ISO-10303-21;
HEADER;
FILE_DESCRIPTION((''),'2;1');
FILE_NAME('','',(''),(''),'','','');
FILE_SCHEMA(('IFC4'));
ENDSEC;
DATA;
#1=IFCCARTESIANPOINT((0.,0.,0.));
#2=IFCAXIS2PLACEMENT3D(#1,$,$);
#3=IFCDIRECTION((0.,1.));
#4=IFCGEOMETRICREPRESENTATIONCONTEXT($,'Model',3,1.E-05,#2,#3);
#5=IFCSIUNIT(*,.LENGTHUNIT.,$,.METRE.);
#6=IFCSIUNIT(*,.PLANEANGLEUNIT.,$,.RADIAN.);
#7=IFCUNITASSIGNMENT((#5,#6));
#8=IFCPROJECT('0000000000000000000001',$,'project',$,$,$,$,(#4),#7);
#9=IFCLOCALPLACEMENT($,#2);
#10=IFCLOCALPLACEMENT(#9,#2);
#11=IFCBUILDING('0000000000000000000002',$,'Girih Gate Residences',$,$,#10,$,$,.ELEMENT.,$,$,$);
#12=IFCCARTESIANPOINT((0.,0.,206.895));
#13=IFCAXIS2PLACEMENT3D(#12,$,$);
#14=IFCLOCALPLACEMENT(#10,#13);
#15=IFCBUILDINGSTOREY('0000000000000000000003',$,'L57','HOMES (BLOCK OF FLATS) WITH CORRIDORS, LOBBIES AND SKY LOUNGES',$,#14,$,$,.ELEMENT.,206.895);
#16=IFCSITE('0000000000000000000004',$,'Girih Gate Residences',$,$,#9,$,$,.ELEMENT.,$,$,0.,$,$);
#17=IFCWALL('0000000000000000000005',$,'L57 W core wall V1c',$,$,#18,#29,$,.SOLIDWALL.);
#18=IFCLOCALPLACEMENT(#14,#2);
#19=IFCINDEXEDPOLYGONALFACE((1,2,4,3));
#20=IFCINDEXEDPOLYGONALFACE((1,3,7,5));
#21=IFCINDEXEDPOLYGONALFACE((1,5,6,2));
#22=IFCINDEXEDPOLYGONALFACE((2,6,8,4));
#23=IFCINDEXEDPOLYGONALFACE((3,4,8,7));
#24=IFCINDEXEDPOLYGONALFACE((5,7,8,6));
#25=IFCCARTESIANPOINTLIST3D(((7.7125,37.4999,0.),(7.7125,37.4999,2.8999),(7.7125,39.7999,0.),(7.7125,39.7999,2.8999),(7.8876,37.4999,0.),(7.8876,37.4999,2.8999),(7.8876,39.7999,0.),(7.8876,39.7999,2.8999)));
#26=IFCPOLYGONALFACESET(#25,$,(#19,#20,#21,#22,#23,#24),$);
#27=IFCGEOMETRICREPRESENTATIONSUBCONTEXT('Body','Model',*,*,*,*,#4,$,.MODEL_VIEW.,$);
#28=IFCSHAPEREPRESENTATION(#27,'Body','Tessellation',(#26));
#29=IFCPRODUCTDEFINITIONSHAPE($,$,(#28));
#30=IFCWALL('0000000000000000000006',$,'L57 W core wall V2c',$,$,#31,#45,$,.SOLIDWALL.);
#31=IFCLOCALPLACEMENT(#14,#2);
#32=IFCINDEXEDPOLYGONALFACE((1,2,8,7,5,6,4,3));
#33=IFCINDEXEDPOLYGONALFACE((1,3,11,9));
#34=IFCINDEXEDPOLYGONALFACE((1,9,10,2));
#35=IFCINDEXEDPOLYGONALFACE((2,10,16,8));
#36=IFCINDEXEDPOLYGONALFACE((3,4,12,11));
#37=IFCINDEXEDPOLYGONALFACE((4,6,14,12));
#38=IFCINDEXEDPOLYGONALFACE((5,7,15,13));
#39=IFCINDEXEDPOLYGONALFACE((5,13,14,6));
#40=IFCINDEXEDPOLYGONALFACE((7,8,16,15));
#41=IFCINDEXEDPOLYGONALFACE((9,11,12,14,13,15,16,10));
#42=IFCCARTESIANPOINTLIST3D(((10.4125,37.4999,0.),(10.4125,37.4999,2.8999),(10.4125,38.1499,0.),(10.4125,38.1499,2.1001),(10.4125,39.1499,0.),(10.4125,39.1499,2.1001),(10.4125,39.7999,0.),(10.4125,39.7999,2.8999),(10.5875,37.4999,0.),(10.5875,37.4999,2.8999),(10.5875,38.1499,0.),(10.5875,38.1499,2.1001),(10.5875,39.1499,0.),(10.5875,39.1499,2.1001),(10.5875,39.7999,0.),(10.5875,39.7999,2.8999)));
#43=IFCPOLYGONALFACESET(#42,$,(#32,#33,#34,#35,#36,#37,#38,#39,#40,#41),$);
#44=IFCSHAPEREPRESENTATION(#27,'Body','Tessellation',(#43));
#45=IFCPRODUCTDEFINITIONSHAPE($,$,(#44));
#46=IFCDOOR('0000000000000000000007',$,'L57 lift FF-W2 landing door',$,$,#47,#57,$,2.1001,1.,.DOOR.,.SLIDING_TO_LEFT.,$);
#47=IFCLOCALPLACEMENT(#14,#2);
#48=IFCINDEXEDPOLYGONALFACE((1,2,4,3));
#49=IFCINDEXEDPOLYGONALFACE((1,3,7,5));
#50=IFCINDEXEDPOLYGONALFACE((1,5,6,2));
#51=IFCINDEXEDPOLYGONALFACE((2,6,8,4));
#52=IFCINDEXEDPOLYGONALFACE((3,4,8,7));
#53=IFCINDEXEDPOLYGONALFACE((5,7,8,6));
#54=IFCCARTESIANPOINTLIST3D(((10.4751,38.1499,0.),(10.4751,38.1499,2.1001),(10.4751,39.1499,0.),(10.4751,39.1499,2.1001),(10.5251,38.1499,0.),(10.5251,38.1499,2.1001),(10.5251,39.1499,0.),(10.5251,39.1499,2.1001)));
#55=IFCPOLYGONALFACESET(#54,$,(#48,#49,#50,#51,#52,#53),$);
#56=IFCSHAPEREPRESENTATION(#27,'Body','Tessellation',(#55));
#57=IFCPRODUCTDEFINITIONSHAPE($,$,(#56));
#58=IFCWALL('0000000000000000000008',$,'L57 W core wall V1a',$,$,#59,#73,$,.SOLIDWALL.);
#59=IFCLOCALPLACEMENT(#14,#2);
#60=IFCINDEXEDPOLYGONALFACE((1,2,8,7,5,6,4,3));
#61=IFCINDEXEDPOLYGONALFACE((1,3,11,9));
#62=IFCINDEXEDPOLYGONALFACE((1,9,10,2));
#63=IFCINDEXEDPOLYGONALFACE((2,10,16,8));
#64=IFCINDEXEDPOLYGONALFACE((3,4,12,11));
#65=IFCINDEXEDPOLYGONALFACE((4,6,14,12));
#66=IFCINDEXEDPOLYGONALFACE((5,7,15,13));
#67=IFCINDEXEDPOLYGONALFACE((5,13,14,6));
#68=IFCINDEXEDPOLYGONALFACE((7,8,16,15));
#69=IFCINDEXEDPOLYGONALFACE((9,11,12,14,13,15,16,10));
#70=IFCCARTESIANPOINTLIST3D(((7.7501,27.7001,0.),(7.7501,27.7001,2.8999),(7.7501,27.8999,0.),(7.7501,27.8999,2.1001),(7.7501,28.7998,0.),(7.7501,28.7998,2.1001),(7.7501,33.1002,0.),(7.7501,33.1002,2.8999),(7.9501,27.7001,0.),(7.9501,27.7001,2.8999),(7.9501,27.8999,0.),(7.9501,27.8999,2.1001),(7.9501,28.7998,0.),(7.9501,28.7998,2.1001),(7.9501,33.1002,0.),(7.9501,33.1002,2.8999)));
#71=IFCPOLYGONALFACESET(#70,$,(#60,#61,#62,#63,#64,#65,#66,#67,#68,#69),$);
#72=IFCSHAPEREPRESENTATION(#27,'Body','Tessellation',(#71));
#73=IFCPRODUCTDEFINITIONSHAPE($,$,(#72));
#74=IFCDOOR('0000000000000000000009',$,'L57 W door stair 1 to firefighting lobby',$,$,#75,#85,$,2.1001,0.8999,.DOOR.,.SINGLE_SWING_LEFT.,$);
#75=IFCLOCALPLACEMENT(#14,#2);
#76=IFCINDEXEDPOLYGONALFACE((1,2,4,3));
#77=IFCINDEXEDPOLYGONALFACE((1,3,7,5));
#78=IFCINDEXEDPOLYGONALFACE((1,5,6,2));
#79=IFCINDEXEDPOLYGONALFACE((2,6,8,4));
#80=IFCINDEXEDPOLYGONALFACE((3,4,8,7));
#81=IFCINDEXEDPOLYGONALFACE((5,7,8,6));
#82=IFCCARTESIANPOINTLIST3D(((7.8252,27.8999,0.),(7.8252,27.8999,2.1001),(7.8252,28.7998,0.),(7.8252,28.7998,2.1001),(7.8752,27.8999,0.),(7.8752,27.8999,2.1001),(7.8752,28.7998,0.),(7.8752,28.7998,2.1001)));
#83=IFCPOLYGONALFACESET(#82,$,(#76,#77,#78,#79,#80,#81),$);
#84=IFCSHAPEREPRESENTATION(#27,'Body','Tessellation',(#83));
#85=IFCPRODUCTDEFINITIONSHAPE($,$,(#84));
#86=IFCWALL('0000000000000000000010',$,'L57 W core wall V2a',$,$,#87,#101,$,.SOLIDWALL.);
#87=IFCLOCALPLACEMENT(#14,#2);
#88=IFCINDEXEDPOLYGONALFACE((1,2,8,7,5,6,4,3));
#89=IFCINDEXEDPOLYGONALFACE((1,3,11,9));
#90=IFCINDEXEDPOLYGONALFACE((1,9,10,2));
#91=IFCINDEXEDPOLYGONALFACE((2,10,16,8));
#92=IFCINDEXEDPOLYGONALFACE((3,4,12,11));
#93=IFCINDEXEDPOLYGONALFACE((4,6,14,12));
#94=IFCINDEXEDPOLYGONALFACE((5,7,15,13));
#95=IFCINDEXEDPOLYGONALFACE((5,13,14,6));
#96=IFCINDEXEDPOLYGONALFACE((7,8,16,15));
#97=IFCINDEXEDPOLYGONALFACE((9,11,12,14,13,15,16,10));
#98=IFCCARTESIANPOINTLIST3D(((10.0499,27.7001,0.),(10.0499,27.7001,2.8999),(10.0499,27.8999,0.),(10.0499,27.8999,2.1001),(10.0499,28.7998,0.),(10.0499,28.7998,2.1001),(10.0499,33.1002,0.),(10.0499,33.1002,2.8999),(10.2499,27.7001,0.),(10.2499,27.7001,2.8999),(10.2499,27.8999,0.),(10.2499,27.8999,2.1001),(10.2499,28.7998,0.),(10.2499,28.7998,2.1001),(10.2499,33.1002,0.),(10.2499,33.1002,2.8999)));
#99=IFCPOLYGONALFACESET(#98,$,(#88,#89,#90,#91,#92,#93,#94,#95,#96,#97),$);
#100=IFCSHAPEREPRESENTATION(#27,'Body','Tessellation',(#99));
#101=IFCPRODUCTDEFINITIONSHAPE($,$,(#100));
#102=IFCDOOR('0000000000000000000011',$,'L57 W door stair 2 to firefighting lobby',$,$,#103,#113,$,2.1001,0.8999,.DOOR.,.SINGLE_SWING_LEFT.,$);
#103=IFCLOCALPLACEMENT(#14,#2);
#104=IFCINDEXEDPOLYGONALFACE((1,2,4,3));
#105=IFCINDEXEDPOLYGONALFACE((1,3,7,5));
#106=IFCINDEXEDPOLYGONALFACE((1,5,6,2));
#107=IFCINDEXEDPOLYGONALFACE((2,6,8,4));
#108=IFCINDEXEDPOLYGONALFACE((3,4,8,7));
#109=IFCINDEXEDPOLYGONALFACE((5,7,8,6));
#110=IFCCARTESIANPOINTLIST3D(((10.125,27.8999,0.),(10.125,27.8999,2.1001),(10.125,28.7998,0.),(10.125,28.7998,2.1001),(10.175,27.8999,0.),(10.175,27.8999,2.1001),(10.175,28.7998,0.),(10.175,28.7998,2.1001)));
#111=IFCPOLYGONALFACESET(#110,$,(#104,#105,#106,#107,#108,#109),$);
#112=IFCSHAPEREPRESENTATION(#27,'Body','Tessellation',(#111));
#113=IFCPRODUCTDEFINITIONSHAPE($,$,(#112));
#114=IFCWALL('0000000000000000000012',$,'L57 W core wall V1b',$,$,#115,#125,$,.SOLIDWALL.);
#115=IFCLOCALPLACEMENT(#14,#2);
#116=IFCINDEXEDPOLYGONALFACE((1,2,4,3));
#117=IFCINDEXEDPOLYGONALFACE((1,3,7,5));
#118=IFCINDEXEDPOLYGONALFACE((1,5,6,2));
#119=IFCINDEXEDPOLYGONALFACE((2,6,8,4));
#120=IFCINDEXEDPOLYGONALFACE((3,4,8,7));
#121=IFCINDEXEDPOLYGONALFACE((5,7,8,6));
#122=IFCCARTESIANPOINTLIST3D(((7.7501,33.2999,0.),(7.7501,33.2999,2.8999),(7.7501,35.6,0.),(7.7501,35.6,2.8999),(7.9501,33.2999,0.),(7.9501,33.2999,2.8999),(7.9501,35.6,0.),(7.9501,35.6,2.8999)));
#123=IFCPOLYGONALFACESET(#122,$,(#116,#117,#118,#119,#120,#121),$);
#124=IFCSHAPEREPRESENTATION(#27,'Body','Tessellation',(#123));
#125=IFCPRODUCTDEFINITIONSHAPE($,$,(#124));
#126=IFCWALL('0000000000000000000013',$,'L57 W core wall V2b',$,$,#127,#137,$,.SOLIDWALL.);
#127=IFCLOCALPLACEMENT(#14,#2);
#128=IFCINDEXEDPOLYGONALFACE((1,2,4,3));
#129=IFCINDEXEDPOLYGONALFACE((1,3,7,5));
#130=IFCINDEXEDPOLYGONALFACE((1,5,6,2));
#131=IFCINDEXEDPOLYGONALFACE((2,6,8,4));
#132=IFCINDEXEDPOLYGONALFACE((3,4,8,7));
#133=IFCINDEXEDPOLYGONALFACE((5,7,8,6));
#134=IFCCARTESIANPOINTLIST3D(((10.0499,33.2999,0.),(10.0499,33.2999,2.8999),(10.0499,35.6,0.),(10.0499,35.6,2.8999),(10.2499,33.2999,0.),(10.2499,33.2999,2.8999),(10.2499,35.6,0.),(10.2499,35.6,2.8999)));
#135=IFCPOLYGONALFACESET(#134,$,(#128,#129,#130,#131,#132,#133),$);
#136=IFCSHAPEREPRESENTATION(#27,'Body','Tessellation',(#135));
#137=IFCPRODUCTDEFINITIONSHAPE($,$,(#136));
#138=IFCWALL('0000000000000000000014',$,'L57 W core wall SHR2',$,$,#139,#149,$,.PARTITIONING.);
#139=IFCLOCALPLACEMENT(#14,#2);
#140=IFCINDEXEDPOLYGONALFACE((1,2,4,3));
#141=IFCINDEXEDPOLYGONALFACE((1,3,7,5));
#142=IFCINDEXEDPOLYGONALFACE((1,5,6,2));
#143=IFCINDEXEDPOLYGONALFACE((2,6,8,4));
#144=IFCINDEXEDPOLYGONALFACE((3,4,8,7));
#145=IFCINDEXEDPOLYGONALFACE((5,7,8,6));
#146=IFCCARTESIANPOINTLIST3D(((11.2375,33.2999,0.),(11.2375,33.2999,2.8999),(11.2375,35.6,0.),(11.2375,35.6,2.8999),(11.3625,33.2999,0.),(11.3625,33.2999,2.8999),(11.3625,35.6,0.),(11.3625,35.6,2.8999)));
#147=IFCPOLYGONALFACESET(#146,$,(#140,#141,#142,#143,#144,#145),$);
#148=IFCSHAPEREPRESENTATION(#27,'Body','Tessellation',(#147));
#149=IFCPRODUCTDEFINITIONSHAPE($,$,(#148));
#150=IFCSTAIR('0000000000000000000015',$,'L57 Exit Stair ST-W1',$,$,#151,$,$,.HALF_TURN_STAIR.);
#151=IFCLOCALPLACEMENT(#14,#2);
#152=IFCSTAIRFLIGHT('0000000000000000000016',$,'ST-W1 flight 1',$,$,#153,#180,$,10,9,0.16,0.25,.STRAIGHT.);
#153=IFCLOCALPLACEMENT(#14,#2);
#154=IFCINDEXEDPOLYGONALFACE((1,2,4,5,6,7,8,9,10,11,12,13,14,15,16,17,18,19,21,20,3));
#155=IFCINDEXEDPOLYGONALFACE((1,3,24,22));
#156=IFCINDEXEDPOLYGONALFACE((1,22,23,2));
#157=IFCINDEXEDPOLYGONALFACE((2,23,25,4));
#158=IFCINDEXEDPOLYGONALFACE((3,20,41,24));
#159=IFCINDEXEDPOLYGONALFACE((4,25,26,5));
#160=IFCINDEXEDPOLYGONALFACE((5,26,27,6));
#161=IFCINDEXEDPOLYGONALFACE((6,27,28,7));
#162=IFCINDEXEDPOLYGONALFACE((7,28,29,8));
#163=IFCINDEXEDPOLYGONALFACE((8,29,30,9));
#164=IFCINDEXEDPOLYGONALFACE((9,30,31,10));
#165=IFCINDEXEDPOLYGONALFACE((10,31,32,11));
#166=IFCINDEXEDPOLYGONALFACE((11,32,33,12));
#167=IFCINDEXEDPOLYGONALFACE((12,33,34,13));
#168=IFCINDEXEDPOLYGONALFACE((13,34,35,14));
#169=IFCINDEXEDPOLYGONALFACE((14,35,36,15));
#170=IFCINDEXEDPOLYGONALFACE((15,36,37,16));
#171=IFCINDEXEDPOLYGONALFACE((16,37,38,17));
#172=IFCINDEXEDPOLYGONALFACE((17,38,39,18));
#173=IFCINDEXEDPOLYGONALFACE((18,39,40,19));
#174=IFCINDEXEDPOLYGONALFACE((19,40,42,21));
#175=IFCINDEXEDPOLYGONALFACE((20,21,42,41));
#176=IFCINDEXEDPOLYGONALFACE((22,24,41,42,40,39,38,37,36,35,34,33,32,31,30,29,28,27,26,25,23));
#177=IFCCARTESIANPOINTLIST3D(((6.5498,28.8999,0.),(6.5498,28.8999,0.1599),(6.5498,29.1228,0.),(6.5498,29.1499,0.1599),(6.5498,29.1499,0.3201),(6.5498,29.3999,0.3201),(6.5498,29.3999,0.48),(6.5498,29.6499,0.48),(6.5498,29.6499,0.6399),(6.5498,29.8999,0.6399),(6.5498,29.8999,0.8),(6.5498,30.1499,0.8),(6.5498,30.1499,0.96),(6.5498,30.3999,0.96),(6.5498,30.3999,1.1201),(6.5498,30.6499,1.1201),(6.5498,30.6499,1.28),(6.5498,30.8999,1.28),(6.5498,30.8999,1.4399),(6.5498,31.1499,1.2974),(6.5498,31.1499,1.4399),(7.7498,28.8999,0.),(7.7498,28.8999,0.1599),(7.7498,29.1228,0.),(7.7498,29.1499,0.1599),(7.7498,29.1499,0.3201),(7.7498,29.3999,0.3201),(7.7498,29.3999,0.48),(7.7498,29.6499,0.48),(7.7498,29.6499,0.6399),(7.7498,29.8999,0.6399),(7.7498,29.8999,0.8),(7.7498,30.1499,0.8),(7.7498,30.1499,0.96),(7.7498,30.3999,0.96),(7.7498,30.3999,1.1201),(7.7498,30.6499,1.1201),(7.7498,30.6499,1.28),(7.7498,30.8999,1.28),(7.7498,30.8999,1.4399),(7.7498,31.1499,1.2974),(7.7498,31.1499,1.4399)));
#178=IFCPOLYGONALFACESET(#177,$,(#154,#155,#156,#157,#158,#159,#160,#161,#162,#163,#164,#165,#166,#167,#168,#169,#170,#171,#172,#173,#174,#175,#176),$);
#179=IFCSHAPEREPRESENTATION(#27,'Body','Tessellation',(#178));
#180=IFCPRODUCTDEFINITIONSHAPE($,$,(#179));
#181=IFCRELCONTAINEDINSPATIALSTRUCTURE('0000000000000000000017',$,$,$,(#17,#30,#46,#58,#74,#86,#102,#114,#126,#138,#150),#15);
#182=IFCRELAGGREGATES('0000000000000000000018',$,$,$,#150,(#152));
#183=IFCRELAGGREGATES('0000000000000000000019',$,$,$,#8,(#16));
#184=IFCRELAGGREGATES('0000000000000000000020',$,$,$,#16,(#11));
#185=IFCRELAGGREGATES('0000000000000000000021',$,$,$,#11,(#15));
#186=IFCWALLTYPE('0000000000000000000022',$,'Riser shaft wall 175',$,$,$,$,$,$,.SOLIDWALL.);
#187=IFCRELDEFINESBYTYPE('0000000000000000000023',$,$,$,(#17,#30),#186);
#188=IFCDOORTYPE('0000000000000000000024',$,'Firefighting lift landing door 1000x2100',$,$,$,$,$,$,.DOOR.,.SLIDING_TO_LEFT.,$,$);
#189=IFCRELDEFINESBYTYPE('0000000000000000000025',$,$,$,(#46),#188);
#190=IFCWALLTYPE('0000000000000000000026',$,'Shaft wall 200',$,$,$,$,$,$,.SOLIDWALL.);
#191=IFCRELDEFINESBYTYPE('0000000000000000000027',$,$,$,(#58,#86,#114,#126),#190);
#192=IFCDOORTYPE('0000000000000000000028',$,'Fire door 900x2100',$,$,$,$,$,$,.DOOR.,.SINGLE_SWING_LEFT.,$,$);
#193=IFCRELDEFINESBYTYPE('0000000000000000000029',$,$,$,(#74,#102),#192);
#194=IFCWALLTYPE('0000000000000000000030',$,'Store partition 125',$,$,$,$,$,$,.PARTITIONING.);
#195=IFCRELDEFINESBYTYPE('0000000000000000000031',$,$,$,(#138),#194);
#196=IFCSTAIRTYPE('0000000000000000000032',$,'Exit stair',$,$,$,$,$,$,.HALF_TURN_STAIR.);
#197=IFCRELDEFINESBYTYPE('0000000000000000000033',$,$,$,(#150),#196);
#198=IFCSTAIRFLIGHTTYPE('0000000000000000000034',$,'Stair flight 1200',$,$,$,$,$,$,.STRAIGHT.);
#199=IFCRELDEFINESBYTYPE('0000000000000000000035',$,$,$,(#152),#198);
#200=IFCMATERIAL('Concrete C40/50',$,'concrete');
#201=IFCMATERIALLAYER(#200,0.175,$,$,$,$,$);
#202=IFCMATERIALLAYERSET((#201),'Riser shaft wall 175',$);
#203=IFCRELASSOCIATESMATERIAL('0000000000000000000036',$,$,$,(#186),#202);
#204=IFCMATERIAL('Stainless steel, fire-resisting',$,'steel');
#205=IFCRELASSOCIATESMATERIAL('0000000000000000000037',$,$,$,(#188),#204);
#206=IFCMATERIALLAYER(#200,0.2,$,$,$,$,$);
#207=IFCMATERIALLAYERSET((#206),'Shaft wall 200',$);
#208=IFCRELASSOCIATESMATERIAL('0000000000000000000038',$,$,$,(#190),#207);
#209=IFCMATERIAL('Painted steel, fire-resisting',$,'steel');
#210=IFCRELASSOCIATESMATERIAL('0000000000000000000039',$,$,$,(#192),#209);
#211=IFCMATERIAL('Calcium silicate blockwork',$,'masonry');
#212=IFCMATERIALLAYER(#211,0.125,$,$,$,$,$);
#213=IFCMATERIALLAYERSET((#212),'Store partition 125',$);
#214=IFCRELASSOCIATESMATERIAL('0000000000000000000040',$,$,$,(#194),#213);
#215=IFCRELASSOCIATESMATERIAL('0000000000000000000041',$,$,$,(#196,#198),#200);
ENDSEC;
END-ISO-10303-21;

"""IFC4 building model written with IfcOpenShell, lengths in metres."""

from ifc_helpers import new_model, si_unit, direction, frame, frame_2d, origin, place, context, subcontext, project, spatial, polyline, rectangle, outline, extrude, material, layer, layer_set, type_object, element, fill, aggregate, save


model = new_model("IFC4")

# Units and contexts
model_context = context("Model", 3, precision=1e-05, world=origin(), true_north=direction((0.0, 1.0)))
body_context = subcontext(model_context, "Body", "Model", "MODEL_VIEW")
ifc_project = project(units=[si_unit("LENGTHUNIT", "METRE"), si_unit("PLANEANGLEUNIT", "RADIAN")], contexts=[model_context])

# Site, building, storey
site_placement = place(None, origin())
site = spatial("IfcSite", under=ifc_project, at=site_placement, Name="Girih Gate Residences", CompositionType="ELEMENT", RefElevation=0.0)
building_placement = place(site_placement, origin())
building = spatial("IfcBuilding", under=site, at=building_placement, Name="Girih Gate Residences", CompositionType="ELEMENT")
storey_placement = place(building_placement, frame((0.0, 0.0, 206.895)))
storey = spatial("IfcBuildingStorey", under=building, at=storey_placement, Name="L57", Description="HOMES (BLOCK OF FLATS) WITH CORRIDORS, LOBBIES AND SKY LOUNGES", CompositionType="ELEMENT", Elevation=206.895)

# Wall
ifc_material_1 = material(Name="Concrete C40/50", Category="concrete")
ifc_layer_1 = layer(ifc_material_1, 0.175)
ifc_layer_set_1 = layer_set([ifc_layer_1], Name="Riser shaft wall 175")
wall_type_1 = type_object("IfcWallType", Name="Riser shaft wall 175", PredefinedType="SOLIDWALL", material=ifc_layer_set_1)
wall_1_placement = place(storey_placement, frame((7.8, 37.5, 0.0), z_axis=(0.0, 0.0, 1.0), x_axis=(0.0, 1.0, 0.0)))
element("IfcWall", 1, at=wall_1_placement, inside=storey, type_object=wall_type_1, Name="L57 W core wall V1c", PredefinedType="SOLIDWALL", context=body_context, shape_type="SweptSolid", body=[
    extrude(rectangle(XDim=2.3, YDim=0.175, at=frame_2d((1.1499, 0.0))), origin(), (0.0, 0.0, 1.0), 2.8999),
])

# Walls, openings, doors
wall_2_placement = place(storey_placement, frame((10.5, 37.5, 0.0), z_axis=(0.0, 0.0, 1.0), x_axis=(0.0, 1.0, 0.0)))
wall_2 = element("IfcWall", 2, at=wall_2_placement, inside=storey, type_object=wall_type_1, Name="L57 W core wall V2c", PredefinedType="SOLIDWALL", context=body_context, shape_type="SweptSolid", body=[
    extrude(rectangle(XDim=2.3, YDim=0.175, at=frame_2d((1.1499, 0.0))), origin(), (0.0, 0.0, 1.0), 2.8999),
])
opening_1_placement = place(wall_2_placement, frame((0.6499, 0.0, 0.0)))
opening_1 = element("IfcOpeningElement", 3, at=opening_1_placement, cuts=wall_2, PredefinedType="OPENING", context=body_context, shape_type="SweptSolid", body=[
    extrude(rectangle(XDim=1.0, YDim=2.1001, at=frame_2d((0.5, 1.05))), frame((0.0, 0.0974, 0.0), z_axis=(0.0, -1.0, 0.0), x_axis=(1.0, 0.0, 0.0)), (0.0, 0.0, 1.0), 0.1951),
])
ifc_material_2 = material(Name="Stainless steel, fire-resisting", Category="steel")
door_type_1 = type_object("IfcDoorType", Name="Firefighting lift landing door 1000x2100", OperationType="SLIDING_TO_LEFT", PredefinedType="DOOR", material=ifc_material_2)
door_1_placement = place(opening_1_placement, origin())
door_1 = element("IfcDoor", 4, at=door_1_placement, inside=storey, type_object=door_type_1, Name="L57 lift FF-W2 landing door", OperationType="SLIDING_TO_LEFT", OverallHeight=2.1001, OverallWidth=1.0, PredefinedType="DOOR", context=body_context, shape_type="SweptSolid", body=[
    extrude(rectangle(XDim=1.0, YDim=2.1001, at=frame_2d((0.5, 1.05))), frame((0.0, 0.0249, 0.0), z_axis=(0.0, -1.0, 0.0), x_axis=(1.0, 0.0, 0.0)), (0.0, 0.0, 1.0), 0.05),
])
fill(opening_1, door_1)
ifc_layer_2 = layer(ifc_material_1, 0.2)
ifc_layer_set_2 = layer_set([ifc_layer_2], Name="Shaft wall 200")
wall_type_2 = type_object("IfcWallType", Name="Shaft wall 200", PredefinedType="SOLIDWALL", material=ifc_layer_set_2)
wall_3_placement = place(storey_placement, frame((7.8501, 27.7, 0.0), z_axis=(0.0, 0.0, 1.0), x_axis=(0.0, 1.0, 0.0)))
wall_3 = element("IfcWall", 5, at=wall_3_placement, inside=storey, type_object=wall_type_2, Name="L57 W core wall V1a", PredefinedType="SOLIDWALL", context=body_context, shape_type="SweptSolid", body=[
    extrude(rectangle(XDim=5.4001, YDim=0.2, at=frame_2d((2.7002, 0.0))), origin(), (0.0, 0.0, 1.0), 2.8999),
])
opening_2_placement = place(wall_3_placement, frame((0.2, 0.0, 0.0)))
opening_2 = element("IfcOpeningElement", 6, at=opening_2_placement, cuts=wall_3, PredefinedType="OPENING", context=body_context, shape_type="SweptSolid", body=[
    extrude(rectangle(XDim=0.8999, YDim=2.1001, at=frame_2d((0.45, 1.05))), frame((0.0, 0.1099, 0.0), z_axis=(0.0, -1.0, 0.0), x_axis=(1.0, 0.0, 0.0)), (0.0, 0.0, 1.0), 0.22),
])
ifc_material_3 = material(Name="Painted steel, fire-resisting", Category="steel")
door_type_2 = type_object("IfcDoorType", Name="Fire door 900x2100", OperationType="SINGLE_SWING_LEFT", PredefinedType="DOOR", material=ifc_material_3)
door_2_placement = place(opening_2_placement, origin())
door_2 = element("IfcDoor", 7, at=door_2_placement, inside=storey, type_object=door_type_2, Name="L57 W door stair 1 to firefighting lobby", OperationType="SINGLE_SWING_LEFT", OverallHeight=2.1001, OverallWidth=0.8999, PredefinedType="DOOR", context=body_context, shape_type="SweptSolid", body=[
    extrude(rectangle(XDim=0.8999, YDim=2.1001, at=frame_2d((0.45, 1.05))), frame((0.0, 0.0249, 0.0), z_axis=(0.0, -1.0, 0.0), x_axis=(1.0, 0.0, 0.0)), (0.0, 0.0, 1.0), 0.05),
])
fill(opening_2, door_2)
wall_4_placement = place(storey_placement, frame((10.1499, 27.7, 0.0), z_axis=(0.0, 0.0, 1.0), x_axis=(0.0, 1.0, 0.0)))
wall_4 = element("IfcWall", 8, at=wall_4_placement, inside=storey, type_object=wall_type_2, Name="L57 W core wall V2a", PredefinedType="SOLIDWALL", context=body_context, shape_type="SweptSolid", body=[
    extrude(rectangle(XDim=5.4001, YDim=0.2, at=frame_2d((2.7002, 0.0))), origin(), (0.0, 0.0, 1.0), 2.8999),
])
opening_3_placement = place(wall_4_placement, frame((0.2, 0.0, 0.0)))
opening_3 = element("IfcOpeningElement", 9, at=opening_3_placement, cuts=wall_4, PredefinedType="OPENING", context=body_context, shape_type="SweptSolid", body=[
    extrude(rectangle(XDim=0.8999, YDim=2.1001, at=frame_2d((0.45, 1.05))), frame((0.0, 0.1099, 0.0), z_axis=(0.0, -1.0, 0.0), x_axis=(1.0, 0.0, 0.0)), (0.0, 0.0, 1.0), 0.22),
])
door_3_placement = place(opening_3_placement, origin())
door_3 = element("IfcDoor", 10, at=door_3_placement, inside=storey, type_object=door_type_2, Name="L57 W door stair 2 to firefighting lobby", OperationType="SINGLE_SWING_LEFT", OverallHeight=2.1001, OverallWidth=0.8999, PredefinedType="DOOR", context=body_context, shape_type="SweptSolid", body=[
    extrude(rectangle(XDim=0.8999, YDim=2.1001, at=frame_2d((0.45, 1.05))), frame((0.0, 0.0249, 0.0), z_axis=(0.0, -1.0, 0.0), x_axis=(1.0, 0.0, 0.0)), (0.0, 0.0, 1.0), 0.05),
])
fill(opening_3, door_3)

# Walls
for number, where, z_axis, x_axis, name in (
    (11, (7.8501, 33.3, 0.0), (0.0, 0.0, 1.0), (0.0, 1.0, 0.0), "L57 W core wall V1b"),
    (12, (10.1499, 33.3, 0.0), (0.0, 0.0, 1.0), (0.0, 1.0, 0.0), "L57 W core wall V2b"),
):
    element("IfcWall", number, at=place(storey_placement, frame(where, z_axis=z_axis, x_axis=x_axis)), inside=storey, type_object=wall_type_2, Name=name, PredefinedType="SOLIDWALL", context=body_context, shape_type="SweptSolid", body=[
        extrude(rectangle(XDim=2.3, YDim=0.2, at=frame_2d((1.1499, 0.0))), origin(), (0.0, 0.0, 1.0), 2.8999),
    ])
ifc_material_4 = material(Name="Calcium silicate blockwork", Category="masonry")
ifc_layer_3 = layer(ifc_material_4, 0.125)
ifc_layer_set_3 = layer_set([ifc_layer_3], Name="Store partition 125")
wall_type_3 = type_object("IfcWallType", Name="Store partition 125", PredefinedType="PARTITIONING", material=ifc_layer_set_3)
wall_5_placement = place(storey_placement, frame((11.3, 33.3, 0.0), z_axis=(0.0, 0.0, 1.0), x_axis=(0.0, 1.0, 0.0)))
element("IfcWall", 13, at=wall_5_placement, inside=storey, type_object=wall_type_3, Name="L57 W core wall SHR2", PredefinedType="PARTITIONING", context=body_context, shape_type="SweptSolid", body=[
    extrude(rectangle(XDim=2.3, YDim=0.125, at=frame_2d((1.1499, 0.0))), origin(), (0.0, 0.0, 1.0), 2.8999),
])

# Stair, stair flight
stair_type = type_object("IfcStairType", Name="Exit stair", PredefinedType="HALF_TURN_STAIR", material=ifc_material_1)
stair_1_placement = place(storey_placement, origin())
stair_1 = element("IfcStair", 14, at=stair_1_placement, inside=storey, type_object=stair_type, Name="L57 Exit Stair ST-W1", PredefinedType="HALF_TURN_STAIR")
stair_flight_type = type_object("IfcStairFlightType", Name="Stair flight 1200", PredefinedType="STRAIGHT", material=ifc_material_1)
stair_flight_1_placement = place(storey_placement, frame((7.1499, 28.8999, 0.0), z_axis=(0.0, 0.0, 1.0), x_axis=(0.0, 1.0, 0.0)))
stair_flight_1 = element("IfcStairFlight", 15, at=stair_flight_1_placement, type_object=stair_flight_type, Name="ST-W1 flight 1", NumberOfRisers=10, NumberOfTreads=9, PredefinedType="STRAIGHT", RiserHeight=0.16, TreadLength=0.25, context=body_context, shape_type="SweptSolid", body=[
    extrude(outline(polyline([(0.0, 0.0), (0.0, 0.1599), (0.25, 0.1599), (0.25, 0.3201), (0.5, 0.3201), (0.5, 0.48), (0.75, 0.48), (0.75, 0.6399), (1.0, 0.6399), (1.0, 0.8), (1.25, 0.8), (1.25, 0.96), (1.5, 0.96), (1.5, 1.1201), (1.75, 1.1201), (1.75, 1.28), (2.0, 1.28), (2.0, 1.4399), (2.25, 1.4399), (2.25, 1.6001), (2.25, 1.2974), (0.2229, 0.0), (0.0, 0.0)])), frame((0.0, 0.6001, 0.0), z_axis=(0.0, -1.0, 0.0), x_axis=(1.0, 0.0, 0.0)), (0.0, 0.0, 1.0), 1.2),
])
aggregate(stair_1, [stair_flight_1])

save(model, "model.ifc")
